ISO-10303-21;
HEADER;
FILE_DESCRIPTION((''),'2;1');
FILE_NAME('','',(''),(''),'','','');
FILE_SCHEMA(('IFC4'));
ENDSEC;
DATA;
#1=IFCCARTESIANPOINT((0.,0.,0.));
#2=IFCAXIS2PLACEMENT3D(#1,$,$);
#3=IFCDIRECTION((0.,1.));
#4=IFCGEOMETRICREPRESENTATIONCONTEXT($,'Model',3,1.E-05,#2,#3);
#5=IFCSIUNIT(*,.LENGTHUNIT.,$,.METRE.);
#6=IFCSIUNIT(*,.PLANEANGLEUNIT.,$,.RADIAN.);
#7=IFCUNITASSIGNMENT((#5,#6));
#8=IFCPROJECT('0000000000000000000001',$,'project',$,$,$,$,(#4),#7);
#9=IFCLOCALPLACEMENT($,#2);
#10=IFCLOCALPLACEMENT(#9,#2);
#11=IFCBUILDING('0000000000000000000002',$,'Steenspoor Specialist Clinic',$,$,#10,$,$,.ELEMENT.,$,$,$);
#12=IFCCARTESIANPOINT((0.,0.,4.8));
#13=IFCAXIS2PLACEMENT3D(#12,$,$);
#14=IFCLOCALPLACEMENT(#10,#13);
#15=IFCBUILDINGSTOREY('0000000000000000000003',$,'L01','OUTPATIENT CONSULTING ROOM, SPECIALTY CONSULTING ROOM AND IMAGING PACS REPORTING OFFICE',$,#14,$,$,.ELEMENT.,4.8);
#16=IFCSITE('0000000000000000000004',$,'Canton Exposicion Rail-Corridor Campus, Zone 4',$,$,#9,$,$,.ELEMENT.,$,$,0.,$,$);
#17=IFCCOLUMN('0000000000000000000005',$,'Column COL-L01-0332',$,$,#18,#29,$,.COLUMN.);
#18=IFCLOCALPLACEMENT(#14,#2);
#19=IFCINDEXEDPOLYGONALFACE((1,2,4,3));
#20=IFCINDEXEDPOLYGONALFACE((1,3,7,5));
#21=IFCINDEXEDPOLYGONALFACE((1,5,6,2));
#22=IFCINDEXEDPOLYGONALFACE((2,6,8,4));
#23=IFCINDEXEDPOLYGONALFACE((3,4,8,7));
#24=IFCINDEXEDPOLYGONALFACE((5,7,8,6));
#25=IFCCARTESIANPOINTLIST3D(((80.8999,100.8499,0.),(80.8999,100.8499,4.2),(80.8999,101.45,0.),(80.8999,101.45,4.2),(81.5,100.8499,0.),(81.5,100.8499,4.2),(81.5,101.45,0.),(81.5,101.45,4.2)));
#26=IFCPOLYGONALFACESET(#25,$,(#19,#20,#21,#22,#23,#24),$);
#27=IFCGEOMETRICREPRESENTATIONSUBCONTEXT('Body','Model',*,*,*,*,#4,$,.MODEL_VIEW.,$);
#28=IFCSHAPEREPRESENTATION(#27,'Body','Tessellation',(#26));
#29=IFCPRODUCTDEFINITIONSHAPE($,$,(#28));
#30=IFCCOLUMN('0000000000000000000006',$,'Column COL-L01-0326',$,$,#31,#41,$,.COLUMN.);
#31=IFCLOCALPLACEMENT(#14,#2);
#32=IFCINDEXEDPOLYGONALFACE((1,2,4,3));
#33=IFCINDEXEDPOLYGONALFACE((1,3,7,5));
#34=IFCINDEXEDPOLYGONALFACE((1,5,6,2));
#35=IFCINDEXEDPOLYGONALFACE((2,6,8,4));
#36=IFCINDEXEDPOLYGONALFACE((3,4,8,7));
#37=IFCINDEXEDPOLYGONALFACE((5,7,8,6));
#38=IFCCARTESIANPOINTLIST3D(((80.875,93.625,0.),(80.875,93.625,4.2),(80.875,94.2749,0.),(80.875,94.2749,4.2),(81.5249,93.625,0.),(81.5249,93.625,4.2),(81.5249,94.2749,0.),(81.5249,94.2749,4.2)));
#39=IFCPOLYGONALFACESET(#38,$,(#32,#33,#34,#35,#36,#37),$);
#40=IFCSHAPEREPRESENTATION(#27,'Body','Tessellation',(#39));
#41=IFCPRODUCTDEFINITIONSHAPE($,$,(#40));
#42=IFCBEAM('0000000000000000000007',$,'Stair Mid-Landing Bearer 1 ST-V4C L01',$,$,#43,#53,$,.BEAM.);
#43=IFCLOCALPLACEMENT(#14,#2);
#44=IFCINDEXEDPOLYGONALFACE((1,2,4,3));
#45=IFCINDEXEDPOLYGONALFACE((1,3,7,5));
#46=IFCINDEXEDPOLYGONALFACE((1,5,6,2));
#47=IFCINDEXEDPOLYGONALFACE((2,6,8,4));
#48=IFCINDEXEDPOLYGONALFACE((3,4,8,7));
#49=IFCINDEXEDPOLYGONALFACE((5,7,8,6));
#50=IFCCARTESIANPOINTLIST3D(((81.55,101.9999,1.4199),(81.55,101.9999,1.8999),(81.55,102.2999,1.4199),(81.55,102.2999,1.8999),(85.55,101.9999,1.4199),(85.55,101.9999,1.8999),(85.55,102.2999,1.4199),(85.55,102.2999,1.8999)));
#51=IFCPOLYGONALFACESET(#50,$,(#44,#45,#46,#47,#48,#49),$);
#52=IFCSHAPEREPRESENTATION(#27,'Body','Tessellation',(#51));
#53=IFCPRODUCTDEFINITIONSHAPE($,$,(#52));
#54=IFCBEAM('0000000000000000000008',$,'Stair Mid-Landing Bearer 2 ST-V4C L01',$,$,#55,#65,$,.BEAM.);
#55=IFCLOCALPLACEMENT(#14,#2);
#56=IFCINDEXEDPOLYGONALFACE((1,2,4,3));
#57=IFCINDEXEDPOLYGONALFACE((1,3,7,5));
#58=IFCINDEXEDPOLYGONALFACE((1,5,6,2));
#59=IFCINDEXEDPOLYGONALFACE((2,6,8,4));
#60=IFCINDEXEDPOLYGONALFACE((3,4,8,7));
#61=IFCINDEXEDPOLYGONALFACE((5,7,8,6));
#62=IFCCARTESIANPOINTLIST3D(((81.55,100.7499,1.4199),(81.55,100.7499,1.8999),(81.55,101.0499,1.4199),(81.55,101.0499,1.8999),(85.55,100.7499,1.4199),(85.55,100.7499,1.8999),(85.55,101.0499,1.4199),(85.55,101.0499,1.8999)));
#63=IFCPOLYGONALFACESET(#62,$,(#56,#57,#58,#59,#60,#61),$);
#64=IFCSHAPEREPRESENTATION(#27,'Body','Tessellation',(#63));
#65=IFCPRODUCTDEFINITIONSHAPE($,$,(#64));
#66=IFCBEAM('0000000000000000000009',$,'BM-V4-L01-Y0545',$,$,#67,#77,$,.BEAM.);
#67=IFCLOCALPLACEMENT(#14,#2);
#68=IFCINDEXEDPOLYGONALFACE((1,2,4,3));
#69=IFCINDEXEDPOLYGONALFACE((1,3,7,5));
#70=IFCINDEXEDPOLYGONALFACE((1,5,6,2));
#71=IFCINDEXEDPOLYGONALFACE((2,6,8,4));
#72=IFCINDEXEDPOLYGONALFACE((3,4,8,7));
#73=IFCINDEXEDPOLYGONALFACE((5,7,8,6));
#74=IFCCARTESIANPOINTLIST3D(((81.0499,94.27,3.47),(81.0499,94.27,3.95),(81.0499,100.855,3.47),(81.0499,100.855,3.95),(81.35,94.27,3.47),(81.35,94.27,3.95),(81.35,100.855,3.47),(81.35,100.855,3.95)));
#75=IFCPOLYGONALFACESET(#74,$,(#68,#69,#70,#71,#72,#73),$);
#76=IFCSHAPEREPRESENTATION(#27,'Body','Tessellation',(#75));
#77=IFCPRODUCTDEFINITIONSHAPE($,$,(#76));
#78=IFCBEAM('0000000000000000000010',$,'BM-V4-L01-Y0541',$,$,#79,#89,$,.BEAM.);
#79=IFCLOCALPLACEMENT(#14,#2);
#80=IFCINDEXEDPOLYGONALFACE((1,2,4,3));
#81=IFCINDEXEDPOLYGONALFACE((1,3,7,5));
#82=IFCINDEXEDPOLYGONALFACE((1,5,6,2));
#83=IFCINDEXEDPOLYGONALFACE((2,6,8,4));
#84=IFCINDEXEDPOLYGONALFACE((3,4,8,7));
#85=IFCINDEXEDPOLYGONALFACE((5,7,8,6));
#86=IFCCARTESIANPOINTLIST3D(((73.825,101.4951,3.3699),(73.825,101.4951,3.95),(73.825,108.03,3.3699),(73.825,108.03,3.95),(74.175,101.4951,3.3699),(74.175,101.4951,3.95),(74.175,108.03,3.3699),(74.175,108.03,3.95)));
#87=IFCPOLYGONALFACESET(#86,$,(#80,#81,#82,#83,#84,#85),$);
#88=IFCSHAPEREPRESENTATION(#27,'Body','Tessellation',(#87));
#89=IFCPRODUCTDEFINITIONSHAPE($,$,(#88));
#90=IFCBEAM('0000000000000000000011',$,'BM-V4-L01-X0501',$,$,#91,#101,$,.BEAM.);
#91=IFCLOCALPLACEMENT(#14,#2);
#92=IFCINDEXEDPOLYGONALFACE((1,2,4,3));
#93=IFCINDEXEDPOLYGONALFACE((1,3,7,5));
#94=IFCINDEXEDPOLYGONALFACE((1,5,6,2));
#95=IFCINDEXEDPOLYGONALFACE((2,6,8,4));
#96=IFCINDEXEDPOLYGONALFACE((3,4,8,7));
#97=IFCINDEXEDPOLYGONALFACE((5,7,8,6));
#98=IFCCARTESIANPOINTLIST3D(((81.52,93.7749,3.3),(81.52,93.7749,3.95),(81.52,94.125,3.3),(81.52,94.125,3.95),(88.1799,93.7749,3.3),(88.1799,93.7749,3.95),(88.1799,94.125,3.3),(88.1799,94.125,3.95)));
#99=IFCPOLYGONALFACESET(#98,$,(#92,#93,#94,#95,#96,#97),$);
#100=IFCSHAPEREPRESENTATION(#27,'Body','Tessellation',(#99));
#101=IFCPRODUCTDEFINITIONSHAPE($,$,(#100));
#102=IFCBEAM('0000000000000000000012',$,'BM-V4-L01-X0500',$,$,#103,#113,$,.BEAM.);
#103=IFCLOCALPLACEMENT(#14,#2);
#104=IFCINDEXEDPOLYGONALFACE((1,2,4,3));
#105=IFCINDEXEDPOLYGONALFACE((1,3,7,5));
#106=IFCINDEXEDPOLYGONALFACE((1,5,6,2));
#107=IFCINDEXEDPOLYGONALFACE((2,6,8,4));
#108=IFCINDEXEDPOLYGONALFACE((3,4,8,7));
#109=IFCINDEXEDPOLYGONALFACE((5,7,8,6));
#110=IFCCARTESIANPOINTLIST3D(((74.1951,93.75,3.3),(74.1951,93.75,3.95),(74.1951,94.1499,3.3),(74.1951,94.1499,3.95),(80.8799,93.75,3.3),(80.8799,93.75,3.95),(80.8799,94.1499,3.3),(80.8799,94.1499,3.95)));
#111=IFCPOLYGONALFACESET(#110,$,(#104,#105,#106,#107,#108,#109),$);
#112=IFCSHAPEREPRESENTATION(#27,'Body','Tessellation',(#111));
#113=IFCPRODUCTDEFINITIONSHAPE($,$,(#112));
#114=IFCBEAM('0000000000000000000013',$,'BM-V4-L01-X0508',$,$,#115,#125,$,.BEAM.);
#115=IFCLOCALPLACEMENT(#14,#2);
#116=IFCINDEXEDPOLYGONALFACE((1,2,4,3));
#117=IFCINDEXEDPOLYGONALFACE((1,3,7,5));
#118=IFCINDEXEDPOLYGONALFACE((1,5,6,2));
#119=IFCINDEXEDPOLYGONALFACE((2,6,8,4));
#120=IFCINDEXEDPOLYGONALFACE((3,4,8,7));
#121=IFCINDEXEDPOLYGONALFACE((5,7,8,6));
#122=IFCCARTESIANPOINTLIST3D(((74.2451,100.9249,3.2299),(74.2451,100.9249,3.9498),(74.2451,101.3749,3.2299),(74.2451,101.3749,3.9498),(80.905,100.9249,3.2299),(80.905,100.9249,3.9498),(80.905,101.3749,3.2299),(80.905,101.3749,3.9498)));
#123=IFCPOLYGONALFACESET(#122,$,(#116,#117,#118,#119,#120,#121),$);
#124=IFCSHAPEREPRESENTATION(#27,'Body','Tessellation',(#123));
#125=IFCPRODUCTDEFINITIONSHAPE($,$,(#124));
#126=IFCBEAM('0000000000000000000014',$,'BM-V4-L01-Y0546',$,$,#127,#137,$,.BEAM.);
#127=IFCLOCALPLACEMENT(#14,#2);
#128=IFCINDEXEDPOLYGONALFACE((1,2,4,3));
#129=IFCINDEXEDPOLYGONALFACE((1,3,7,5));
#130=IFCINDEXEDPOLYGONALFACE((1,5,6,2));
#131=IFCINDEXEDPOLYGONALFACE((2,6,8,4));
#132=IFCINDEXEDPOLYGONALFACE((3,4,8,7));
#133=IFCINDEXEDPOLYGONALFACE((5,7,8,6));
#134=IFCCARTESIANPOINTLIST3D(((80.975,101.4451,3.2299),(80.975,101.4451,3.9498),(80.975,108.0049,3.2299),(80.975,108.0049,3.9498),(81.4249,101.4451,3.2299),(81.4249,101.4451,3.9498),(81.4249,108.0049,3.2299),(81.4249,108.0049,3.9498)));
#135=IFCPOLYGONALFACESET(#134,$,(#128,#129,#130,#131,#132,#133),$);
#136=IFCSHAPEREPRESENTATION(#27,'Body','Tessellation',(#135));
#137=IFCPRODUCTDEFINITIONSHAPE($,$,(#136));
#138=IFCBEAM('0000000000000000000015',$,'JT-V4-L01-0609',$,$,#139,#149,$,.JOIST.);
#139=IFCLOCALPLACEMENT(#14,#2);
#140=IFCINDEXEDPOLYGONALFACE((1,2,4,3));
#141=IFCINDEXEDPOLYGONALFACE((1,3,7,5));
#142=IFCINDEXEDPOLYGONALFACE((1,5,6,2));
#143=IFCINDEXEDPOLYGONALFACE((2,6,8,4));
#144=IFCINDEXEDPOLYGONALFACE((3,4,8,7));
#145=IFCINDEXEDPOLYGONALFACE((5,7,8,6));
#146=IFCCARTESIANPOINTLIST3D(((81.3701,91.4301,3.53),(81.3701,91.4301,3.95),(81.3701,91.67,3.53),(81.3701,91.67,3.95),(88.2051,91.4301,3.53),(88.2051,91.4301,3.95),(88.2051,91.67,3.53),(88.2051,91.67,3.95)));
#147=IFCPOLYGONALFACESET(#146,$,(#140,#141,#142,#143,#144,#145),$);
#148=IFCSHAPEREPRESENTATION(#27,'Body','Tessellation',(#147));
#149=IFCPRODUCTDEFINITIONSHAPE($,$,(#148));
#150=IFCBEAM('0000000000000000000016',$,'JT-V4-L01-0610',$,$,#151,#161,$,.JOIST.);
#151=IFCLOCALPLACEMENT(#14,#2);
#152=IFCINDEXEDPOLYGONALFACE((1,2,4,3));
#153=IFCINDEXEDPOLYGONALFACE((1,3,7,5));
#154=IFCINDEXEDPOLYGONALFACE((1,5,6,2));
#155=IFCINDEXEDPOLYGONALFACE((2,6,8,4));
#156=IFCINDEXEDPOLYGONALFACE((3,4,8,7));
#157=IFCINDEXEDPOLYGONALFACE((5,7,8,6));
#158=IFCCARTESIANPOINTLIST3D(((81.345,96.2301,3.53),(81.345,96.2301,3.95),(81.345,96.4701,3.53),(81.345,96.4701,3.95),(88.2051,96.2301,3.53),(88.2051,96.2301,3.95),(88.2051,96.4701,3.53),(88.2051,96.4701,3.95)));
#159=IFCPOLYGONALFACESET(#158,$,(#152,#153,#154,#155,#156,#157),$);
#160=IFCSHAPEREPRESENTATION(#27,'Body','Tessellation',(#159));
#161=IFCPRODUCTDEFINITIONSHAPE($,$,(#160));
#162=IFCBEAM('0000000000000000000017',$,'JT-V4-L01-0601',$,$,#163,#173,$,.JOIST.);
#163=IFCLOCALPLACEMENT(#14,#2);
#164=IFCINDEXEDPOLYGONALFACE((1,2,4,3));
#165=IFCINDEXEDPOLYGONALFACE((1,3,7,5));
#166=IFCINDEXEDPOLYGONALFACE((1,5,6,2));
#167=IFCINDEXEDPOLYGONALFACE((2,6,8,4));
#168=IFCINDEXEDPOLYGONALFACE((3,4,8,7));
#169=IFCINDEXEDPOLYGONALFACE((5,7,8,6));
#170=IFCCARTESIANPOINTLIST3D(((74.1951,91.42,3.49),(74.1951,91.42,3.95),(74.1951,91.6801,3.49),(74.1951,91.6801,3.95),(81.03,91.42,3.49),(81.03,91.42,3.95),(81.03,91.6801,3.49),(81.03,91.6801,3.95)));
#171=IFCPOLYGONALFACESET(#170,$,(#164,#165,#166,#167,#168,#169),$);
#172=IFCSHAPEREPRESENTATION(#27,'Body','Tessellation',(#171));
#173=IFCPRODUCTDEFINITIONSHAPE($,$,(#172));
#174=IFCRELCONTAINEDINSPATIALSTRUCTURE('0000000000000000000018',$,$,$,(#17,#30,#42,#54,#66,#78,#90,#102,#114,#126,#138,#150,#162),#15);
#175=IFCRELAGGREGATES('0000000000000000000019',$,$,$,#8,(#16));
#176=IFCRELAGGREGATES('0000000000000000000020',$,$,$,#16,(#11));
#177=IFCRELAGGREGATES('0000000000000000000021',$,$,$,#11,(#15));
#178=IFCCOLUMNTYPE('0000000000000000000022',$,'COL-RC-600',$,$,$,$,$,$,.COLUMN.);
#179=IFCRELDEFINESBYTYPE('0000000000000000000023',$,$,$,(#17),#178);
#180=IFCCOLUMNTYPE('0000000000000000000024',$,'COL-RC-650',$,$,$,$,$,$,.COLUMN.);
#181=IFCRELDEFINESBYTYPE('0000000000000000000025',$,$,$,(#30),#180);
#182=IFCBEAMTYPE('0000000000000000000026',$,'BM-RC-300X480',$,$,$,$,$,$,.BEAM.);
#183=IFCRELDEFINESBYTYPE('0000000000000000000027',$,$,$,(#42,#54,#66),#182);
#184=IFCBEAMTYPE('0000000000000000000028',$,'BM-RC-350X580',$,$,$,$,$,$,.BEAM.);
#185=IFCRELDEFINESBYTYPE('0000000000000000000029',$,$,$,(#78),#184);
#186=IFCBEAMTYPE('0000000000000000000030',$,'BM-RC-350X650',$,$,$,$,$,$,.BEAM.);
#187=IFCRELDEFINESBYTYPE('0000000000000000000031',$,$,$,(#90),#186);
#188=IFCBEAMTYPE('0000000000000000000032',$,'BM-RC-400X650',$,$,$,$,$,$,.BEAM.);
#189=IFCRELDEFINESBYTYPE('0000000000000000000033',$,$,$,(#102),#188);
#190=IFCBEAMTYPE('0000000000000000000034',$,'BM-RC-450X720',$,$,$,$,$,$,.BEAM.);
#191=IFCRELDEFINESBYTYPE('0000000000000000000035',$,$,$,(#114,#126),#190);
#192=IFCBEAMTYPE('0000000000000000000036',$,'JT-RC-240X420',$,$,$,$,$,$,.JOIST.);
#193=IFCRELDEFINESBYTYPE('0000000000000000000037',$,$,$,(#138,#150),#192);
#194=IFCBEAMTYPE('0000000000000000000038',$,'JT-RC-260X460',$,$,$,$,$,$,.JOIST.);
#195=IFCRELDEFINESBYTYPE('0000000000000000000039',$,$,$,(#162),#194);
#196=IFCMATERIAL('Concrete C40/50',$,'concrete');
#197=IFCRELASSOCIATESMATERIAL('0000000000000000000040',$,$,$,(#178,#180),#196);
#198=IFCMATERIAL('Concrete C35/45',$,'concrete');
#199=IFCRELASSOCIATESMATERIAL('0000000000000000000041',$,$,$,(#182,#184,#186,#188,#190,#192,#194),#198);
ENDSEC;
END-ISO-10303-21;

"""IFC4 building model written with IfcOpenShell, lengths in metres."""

from ifc_helpers import new_model, si_unit, direction, frame, origin, origin_2d, place, context, subcontext, project, spatial, rectangle, extrude, material, material_profile, profile_set, type_object, element, save


model = new_model("IFC4")

# Units and contexts
model_context = context("Model", 3, precision=1e-05, world=origin(), true_north=direction((0.0, 1.0)))
body_context = subcontext(model_context, "Body", "Model", "MODEL_VIEW")
ifc_project = project(units=[si_unit("LENGTHUNIT", "METRE"), si_unit("PLANEANGLEUNIT", "RADIAN")], contexts=[model_context])

# Site, building, storey
site_placement = place(None, origin())
site = spatial("IfcSite", under=ifc_project, at=site_placement, Name="Canton Exposicion Rail-Corridor Campus, Zone 4", CompositionType="ELEMENT", RefElevation=0.0)
building_placement = place(site_placement, origin())
building = spatial("IfcBuilding", under=site, at=building_placement, Name="Steenspoor Specialist Clinic", CompositionType="ELEMENT")
storey_placement = place(building_placement, frame((0.0, 0.0, 4.8)))
storey = spatial("IfcBuildingStorey", under=building, at=storey_placement, Name="L01", Description="OUTPATIENT CONSULTING ROOM, SPECIALTY CONSULTING ROOM AND IMAGING PACS REPORTING OFFICE", CompositionType="ELEMENT", Elevation=4.8)

# Columns
ifc_material_1 = material(Name="Concrete C40/50", Category="concrete")
ifc_material_profile_1 = material_profile(ifc_material_1, rectangle(XDim=0.6001, YDim=0.6001, at=origin_2d()), Name="RC-COL-600X600")
ifc_profile_set_1 = profile_set([ifc_material_profile_1], Name="Concrete C40/50")
column_type_1 = type_object("IfcColumnType", Name="COL-RC-600", PredefinedType="COLUMN", material=ifc_profile_set_1)
column_1_placement = place(storey_placement, frame((81.2, 101.1499, 0.0), z_axis=(0.0, 0.0, 1.0), x_axis=(1.0, 0.0, 0.0)))
element("IfcColumn", 1, at=column_1_placement, inside=storey, type_object=column_type_1, Name="Column COL-L01-0332", PredefinedType="COLUMN", context=body_context, shape_type="SweptSolid", body=[
    extrude(rectangle(XDim=0.6001, YDim=0.6001, at=origin_2d()), origin(), (0.0, 0.0, 1.0), 4.2),
])
ifc_material_profile_2 = material_profile(ifc_material_1, rectangle(XDim=0.6499, YDim=0.6499, at=origin_2d()), Name="RC-COL-650X650")
ifc_profile_set_2 = profile_set([ifc_material_profile_2], Name="Concrete C40/50")
column_type_2 = type_object("IfcColumnType", Name="COL-RC-650", PredefinedType="COLUMN", material=ifc_profile_set_2)
column_2_placement = place(storey_placement, frame((81.2, 93.95, 0.0), z_axis=(0.0, 0.0, 1.0), x_axis=(1.0, 0.0, 0.0)))
element("IfcColumn", 2, at=column_2_placement, inside=storey, type_object=column_type_2, Name="Column COL-L01-0326", PredefinedType="COLUMN", context=body_context, shape_type="SweptSolid", body=[
    extrude(rectangle(XDim=0.6499, YDim=0.6499, at=origin_2d()), origin(), (0.0, 0.0, 1.0), 4.2),
])

# Beams
ifc_material_2 = material(Name="Concrete C35/45", Category="concrete")
ifc_material_profile_3 = material_profile(ifc_material_2, rectangle(XDim=0.3, YDim=0.48, at=origin_2d()), Name="RC-BM-300X480")
ifc_profile_set_3 = profile_set([ifc_material_profile_3], Name="Concrete C35/45")
beam_type_1 = type_object("IfcBeamType", Name="BM-RC-300X480", PredefinedType="BEAM", material=ifc_profile_set_3)
for number, where, z_axis, x_axis, name in (
    (3, (81.55, 102.1499, 1.6599), (1.0, 0.0, 0.0), (0.0, 1.0, 0.0), "Stair Mid-Landing Bearer 1 ST-V4C L01"),
    (4, (81.55, 100.8999, 1.6599), (1.0, 0.0, 0.0), (0.0, 1.0, 0.0), "Stair Mid-Landing Bearer 2 ST-V4C L01"),
):
    element("IfcBeam", number, at=place(storey_placement, frame(where, z_axis=z_axis, x_axis=x_axis)), inside=storey, type_object=beam_type_1, Name=name, PredefinedType="BEAM", context=body_context, shape_type="SweptSolid", body=[
        extrude(rectangle(XDim=0.3, YDim=0.48, at=origin_2d()), origin(), (0.0, 0.0, 1.0), 4.0),
    ])
beam_1_placement = place(storey_placement, frame((81.2, 94.27, 3.71), z_axis=(0.0, 1.0, 0.0), x_axis=(-1.0, 0.0, 0.0)))
element("IfcBeam", 5, at=beam_1_placement, inside=storey, type_object=beam_type_1, Name="BM-V4-L01-Y0545", PredefinedType="BEAM", context=body_context, shape_type="SweptSolid", body=[
    extrude(rectangle(XDim=0.3, YDim=0.48, at=origin_2d()), origin(), (0.0, 0.0, 1.0), 6.585),
])
ifc_material_profile_4 = material_profile(ifc_material_2, rectangle(XDim=0.3501, YDim=0.5801, at=origin_2d()), Name="RC-BM-350X580")
ifc_profile_set_4 = profile_set([ifc_material_profile_4], Name="Concrete C35/45")
beam_type_2 = type_object("IfcBeamType", Name="BM-RC-350X580", PredefinedType="BEAM", material=ifc_profile_set_4)
beam_2_placement = place(storey_placement, frame((74.0, 101.4951, 3.6599), z_axis=(0.0, 1.0, 0.0), x_axis=(-1.0, 0.0, 0.0)))
element("IfcBeam", 6, at=beam_2_placement, inside=storey, type_object=beam_type_2, Name="BM-V4-L01-Y0541", PredefinedType="BEAM", context=body_context, shape_type="SweptSolid", body=[
    extrude(rectangle(XDim=0.3501, YDim=0.5801, at=origin_2d()), origin(), (0.0, 0.0, 1.0), 6.5349),
])
ifc_material_profile_5 = material_profile(ifc_material_2, rectangle(XDim=0.3501, YDim=0.6499, at=origin_2d()), Name="RC-BM-350X650")
ifc_profile_set_5 = profile_set([ifc_material_profile_5], Name="Concrete C35/45")
beam_type_3 = type_object("IfcBeamType", Name="BM-RC-350X650", PredefinedType="BEAM", material=ifc_profile_set_5)
beam_3_placement = place(storey_placement, frame((81.52, 93.95, 3.625), z_axis=(1.0, 0.0, 0.0), x_axis=(0.0, 1.0, 0.0)))
element("IfcBeam", 7, at=beam_3_placement, inside=storey, type_object=beam_type_3, Name="BM-V4-L01-X0501", PredefinedType="BEAM", context=body_context, shape_type="SweptSolid", body=[
    extrude(rectangle(XDim=0.3501, YDim=0.6499, at=origin_2d()), origin(), (0.0, 0.0, 1.0), 6.6599),
])
ifc_material_profile_6 = material_profile(ifc_material_2, rectangle(XDim=0.3999, YDim=0.6499, at=origin_2d()), Name="RC-BM-400X650")
ifc_profile_set_6 = profile_set([ifc_material_profile_6], Name="Concrete C35/45")
beam_type_4 = type_object("IfcBeamType", Name="BM-RC-400X650", PredefinedType="BEAM", material=ifc_profile_set_6)
beam_4_placement = place(storey_placement, frame((74.1951, 93.95, 3.625), z_axis=(1.0, 0.0, 0.0), x_axis=(0.0, 1.0, 0.0)))
element("IfcBeam", 8, at=beam_4_placement, inside=storey, type_object=beam_type_4, Name="BM-V4-L01-X0500", PredefinedType="BEAM", context=body_context, shape_type="SweptSolid", body=[
    extrude(rectangle(XDim=0.3999, YDim=0.6499, at=origin_2d()), origin(), (0.0, 0.0, 1.0), 6.6848),
])
ifc_material_profile_7 = material_profile(ifc_material_2, rectangle(XDim=0.45, YDim=0.72, at=origin_2d()), Name="RC-BM-450X720")
ifc_profile_set_7 = profile_set([ifc_material_profile_7], Name="Concrete C35/45")
beam_type_5 = type_object("IfcBeamType", Name="BM-RC-450X720", PredefinedType="BEAM", material=ifc_profile_set_7)
beam_5_placement = place(storey_placement, frame((74.2451, 101.1499, 3.5898), z_axis=(1.0, 0.0, 0.0), x_axis=(0.0, 1.0, 0.0)))
element("IfcBeam", 9, at=beam_5_placement, inside=storey, type_object=beam_type_5, Name="BM-V4-L01-X0508", PredefinedType="BEAM", context=body_context, shape_type="SweptSolid", body=[
    extrude(rectangle(XDim=0.45, YDim=0.72, at=origin_2d()), origin(), (0.0, 0.0, 1.0), 6.6599),
])
beam_6_placement = place(storey_placement, frame((81.2, 101.4451, 3.5898), z_axis=(0.0, 1.0, 0.0), x_axis=(-1.0, 0.0, 0.0)))
element("IfcBeam", 10, at=beam_6_placement, inside=storey, type_object=beam_type_5, Name="BM-V4-L01-Y0546", PredefinedType="BEAM", context=body_context, shape_type="SweptSolid", body=[
    extrude(rectangle(XDim=0.45, YDim=0.72, at=origin_2d()), origin(), (0.0, 0.0, 1.0), 6.5598),
])
ifc_material_profile_8 = material_profile(ifc_material_2, rectangle(XDim=0.24, YDim=0.4199, at=origin_2d()), Name="RC-JT-240X420")
ifc_profile_set_8 = profile_set([ifc_material_profile_8], Name="Concrete C35/45")
beam_type_6 = type_object("IfcBeamType", Name="JT-RC-240X420", PredefinedType="JOIST", material=ifc_profile_set_8)
beam_7_placement = place(storey_placement, frame((81.3701, 91.55, 3.74), z_axis=(1.0, 0.0, 0.0), x_axis=(0.0, 1.0, 0.0)))
element("IfcBeam", 11, at=beam_7_placement, inside=storey, type_object=beam_type_6, Name="JT-V4-L01-0609", PredefinedType="JOIST", context=body_context, shape_type="SweptSolid", body=[
    extrude(rectangle(XDim=0.24, YDim=0.4199, at=origin_2d()), origin(), (0.0, 0.0, 1.0), 6.835),
])
beam_8_placement = place(storey_placement, frame((81.345, 96.3501, 3.74), z_axis=(1.0, 0.0, 0.0), x_axis=(0.0, 1.0, 0.0)))
element("IfcBeam", 12, at=beam_8_placement, inside=storey, type_object=beam_type_6, Name="JT-V4-L01-0610", PredefinedType="JOIST", context=body_context, shape_type="SweptSolid", body=[
    extrude(rectangle(XDim=0.24, YDim=0.4199, at=origin_2d()), origin(), (0.0, 0.0, 1.0), 6.8601),
])
ifc_material_profile_9 = material_profile(ifc_material_2, rectangle(XDim=0.26, YDim=0.46, at=origin_2d()), Name="RC-JT-260X460")
ifc_profile_set_9 = profile_set([ifc_material_profile_9], Name="Concrete C35/45")
beam_type_7 = type_object("IfcBeamType", Name="JT-RC-260X460", PredefinedType="JOIST", material=ifc_profile_set_9)
beam_9_placement = place(storey_placement, frame((74.1951, 91.55, 3.72), z_axis=(1.0, 0.0, 0.0), x_axis=(0.0, 1.0, 0.0)))
element("IfcBeam", 13, at=beam_9_placement, inside=storey, type_object=beam_type_7, Name="JT-V4-L01-0601", PredefinedType="JOIST", context=body_context, shape_type="SweptSolid", body=[
    extrude(rectangle(XDim=0.26, YDim=0.46, at=origin_2d()), origin(), (0.0, 0.0, 1.0), 6.835),
])

save(model, "model.ifc")
